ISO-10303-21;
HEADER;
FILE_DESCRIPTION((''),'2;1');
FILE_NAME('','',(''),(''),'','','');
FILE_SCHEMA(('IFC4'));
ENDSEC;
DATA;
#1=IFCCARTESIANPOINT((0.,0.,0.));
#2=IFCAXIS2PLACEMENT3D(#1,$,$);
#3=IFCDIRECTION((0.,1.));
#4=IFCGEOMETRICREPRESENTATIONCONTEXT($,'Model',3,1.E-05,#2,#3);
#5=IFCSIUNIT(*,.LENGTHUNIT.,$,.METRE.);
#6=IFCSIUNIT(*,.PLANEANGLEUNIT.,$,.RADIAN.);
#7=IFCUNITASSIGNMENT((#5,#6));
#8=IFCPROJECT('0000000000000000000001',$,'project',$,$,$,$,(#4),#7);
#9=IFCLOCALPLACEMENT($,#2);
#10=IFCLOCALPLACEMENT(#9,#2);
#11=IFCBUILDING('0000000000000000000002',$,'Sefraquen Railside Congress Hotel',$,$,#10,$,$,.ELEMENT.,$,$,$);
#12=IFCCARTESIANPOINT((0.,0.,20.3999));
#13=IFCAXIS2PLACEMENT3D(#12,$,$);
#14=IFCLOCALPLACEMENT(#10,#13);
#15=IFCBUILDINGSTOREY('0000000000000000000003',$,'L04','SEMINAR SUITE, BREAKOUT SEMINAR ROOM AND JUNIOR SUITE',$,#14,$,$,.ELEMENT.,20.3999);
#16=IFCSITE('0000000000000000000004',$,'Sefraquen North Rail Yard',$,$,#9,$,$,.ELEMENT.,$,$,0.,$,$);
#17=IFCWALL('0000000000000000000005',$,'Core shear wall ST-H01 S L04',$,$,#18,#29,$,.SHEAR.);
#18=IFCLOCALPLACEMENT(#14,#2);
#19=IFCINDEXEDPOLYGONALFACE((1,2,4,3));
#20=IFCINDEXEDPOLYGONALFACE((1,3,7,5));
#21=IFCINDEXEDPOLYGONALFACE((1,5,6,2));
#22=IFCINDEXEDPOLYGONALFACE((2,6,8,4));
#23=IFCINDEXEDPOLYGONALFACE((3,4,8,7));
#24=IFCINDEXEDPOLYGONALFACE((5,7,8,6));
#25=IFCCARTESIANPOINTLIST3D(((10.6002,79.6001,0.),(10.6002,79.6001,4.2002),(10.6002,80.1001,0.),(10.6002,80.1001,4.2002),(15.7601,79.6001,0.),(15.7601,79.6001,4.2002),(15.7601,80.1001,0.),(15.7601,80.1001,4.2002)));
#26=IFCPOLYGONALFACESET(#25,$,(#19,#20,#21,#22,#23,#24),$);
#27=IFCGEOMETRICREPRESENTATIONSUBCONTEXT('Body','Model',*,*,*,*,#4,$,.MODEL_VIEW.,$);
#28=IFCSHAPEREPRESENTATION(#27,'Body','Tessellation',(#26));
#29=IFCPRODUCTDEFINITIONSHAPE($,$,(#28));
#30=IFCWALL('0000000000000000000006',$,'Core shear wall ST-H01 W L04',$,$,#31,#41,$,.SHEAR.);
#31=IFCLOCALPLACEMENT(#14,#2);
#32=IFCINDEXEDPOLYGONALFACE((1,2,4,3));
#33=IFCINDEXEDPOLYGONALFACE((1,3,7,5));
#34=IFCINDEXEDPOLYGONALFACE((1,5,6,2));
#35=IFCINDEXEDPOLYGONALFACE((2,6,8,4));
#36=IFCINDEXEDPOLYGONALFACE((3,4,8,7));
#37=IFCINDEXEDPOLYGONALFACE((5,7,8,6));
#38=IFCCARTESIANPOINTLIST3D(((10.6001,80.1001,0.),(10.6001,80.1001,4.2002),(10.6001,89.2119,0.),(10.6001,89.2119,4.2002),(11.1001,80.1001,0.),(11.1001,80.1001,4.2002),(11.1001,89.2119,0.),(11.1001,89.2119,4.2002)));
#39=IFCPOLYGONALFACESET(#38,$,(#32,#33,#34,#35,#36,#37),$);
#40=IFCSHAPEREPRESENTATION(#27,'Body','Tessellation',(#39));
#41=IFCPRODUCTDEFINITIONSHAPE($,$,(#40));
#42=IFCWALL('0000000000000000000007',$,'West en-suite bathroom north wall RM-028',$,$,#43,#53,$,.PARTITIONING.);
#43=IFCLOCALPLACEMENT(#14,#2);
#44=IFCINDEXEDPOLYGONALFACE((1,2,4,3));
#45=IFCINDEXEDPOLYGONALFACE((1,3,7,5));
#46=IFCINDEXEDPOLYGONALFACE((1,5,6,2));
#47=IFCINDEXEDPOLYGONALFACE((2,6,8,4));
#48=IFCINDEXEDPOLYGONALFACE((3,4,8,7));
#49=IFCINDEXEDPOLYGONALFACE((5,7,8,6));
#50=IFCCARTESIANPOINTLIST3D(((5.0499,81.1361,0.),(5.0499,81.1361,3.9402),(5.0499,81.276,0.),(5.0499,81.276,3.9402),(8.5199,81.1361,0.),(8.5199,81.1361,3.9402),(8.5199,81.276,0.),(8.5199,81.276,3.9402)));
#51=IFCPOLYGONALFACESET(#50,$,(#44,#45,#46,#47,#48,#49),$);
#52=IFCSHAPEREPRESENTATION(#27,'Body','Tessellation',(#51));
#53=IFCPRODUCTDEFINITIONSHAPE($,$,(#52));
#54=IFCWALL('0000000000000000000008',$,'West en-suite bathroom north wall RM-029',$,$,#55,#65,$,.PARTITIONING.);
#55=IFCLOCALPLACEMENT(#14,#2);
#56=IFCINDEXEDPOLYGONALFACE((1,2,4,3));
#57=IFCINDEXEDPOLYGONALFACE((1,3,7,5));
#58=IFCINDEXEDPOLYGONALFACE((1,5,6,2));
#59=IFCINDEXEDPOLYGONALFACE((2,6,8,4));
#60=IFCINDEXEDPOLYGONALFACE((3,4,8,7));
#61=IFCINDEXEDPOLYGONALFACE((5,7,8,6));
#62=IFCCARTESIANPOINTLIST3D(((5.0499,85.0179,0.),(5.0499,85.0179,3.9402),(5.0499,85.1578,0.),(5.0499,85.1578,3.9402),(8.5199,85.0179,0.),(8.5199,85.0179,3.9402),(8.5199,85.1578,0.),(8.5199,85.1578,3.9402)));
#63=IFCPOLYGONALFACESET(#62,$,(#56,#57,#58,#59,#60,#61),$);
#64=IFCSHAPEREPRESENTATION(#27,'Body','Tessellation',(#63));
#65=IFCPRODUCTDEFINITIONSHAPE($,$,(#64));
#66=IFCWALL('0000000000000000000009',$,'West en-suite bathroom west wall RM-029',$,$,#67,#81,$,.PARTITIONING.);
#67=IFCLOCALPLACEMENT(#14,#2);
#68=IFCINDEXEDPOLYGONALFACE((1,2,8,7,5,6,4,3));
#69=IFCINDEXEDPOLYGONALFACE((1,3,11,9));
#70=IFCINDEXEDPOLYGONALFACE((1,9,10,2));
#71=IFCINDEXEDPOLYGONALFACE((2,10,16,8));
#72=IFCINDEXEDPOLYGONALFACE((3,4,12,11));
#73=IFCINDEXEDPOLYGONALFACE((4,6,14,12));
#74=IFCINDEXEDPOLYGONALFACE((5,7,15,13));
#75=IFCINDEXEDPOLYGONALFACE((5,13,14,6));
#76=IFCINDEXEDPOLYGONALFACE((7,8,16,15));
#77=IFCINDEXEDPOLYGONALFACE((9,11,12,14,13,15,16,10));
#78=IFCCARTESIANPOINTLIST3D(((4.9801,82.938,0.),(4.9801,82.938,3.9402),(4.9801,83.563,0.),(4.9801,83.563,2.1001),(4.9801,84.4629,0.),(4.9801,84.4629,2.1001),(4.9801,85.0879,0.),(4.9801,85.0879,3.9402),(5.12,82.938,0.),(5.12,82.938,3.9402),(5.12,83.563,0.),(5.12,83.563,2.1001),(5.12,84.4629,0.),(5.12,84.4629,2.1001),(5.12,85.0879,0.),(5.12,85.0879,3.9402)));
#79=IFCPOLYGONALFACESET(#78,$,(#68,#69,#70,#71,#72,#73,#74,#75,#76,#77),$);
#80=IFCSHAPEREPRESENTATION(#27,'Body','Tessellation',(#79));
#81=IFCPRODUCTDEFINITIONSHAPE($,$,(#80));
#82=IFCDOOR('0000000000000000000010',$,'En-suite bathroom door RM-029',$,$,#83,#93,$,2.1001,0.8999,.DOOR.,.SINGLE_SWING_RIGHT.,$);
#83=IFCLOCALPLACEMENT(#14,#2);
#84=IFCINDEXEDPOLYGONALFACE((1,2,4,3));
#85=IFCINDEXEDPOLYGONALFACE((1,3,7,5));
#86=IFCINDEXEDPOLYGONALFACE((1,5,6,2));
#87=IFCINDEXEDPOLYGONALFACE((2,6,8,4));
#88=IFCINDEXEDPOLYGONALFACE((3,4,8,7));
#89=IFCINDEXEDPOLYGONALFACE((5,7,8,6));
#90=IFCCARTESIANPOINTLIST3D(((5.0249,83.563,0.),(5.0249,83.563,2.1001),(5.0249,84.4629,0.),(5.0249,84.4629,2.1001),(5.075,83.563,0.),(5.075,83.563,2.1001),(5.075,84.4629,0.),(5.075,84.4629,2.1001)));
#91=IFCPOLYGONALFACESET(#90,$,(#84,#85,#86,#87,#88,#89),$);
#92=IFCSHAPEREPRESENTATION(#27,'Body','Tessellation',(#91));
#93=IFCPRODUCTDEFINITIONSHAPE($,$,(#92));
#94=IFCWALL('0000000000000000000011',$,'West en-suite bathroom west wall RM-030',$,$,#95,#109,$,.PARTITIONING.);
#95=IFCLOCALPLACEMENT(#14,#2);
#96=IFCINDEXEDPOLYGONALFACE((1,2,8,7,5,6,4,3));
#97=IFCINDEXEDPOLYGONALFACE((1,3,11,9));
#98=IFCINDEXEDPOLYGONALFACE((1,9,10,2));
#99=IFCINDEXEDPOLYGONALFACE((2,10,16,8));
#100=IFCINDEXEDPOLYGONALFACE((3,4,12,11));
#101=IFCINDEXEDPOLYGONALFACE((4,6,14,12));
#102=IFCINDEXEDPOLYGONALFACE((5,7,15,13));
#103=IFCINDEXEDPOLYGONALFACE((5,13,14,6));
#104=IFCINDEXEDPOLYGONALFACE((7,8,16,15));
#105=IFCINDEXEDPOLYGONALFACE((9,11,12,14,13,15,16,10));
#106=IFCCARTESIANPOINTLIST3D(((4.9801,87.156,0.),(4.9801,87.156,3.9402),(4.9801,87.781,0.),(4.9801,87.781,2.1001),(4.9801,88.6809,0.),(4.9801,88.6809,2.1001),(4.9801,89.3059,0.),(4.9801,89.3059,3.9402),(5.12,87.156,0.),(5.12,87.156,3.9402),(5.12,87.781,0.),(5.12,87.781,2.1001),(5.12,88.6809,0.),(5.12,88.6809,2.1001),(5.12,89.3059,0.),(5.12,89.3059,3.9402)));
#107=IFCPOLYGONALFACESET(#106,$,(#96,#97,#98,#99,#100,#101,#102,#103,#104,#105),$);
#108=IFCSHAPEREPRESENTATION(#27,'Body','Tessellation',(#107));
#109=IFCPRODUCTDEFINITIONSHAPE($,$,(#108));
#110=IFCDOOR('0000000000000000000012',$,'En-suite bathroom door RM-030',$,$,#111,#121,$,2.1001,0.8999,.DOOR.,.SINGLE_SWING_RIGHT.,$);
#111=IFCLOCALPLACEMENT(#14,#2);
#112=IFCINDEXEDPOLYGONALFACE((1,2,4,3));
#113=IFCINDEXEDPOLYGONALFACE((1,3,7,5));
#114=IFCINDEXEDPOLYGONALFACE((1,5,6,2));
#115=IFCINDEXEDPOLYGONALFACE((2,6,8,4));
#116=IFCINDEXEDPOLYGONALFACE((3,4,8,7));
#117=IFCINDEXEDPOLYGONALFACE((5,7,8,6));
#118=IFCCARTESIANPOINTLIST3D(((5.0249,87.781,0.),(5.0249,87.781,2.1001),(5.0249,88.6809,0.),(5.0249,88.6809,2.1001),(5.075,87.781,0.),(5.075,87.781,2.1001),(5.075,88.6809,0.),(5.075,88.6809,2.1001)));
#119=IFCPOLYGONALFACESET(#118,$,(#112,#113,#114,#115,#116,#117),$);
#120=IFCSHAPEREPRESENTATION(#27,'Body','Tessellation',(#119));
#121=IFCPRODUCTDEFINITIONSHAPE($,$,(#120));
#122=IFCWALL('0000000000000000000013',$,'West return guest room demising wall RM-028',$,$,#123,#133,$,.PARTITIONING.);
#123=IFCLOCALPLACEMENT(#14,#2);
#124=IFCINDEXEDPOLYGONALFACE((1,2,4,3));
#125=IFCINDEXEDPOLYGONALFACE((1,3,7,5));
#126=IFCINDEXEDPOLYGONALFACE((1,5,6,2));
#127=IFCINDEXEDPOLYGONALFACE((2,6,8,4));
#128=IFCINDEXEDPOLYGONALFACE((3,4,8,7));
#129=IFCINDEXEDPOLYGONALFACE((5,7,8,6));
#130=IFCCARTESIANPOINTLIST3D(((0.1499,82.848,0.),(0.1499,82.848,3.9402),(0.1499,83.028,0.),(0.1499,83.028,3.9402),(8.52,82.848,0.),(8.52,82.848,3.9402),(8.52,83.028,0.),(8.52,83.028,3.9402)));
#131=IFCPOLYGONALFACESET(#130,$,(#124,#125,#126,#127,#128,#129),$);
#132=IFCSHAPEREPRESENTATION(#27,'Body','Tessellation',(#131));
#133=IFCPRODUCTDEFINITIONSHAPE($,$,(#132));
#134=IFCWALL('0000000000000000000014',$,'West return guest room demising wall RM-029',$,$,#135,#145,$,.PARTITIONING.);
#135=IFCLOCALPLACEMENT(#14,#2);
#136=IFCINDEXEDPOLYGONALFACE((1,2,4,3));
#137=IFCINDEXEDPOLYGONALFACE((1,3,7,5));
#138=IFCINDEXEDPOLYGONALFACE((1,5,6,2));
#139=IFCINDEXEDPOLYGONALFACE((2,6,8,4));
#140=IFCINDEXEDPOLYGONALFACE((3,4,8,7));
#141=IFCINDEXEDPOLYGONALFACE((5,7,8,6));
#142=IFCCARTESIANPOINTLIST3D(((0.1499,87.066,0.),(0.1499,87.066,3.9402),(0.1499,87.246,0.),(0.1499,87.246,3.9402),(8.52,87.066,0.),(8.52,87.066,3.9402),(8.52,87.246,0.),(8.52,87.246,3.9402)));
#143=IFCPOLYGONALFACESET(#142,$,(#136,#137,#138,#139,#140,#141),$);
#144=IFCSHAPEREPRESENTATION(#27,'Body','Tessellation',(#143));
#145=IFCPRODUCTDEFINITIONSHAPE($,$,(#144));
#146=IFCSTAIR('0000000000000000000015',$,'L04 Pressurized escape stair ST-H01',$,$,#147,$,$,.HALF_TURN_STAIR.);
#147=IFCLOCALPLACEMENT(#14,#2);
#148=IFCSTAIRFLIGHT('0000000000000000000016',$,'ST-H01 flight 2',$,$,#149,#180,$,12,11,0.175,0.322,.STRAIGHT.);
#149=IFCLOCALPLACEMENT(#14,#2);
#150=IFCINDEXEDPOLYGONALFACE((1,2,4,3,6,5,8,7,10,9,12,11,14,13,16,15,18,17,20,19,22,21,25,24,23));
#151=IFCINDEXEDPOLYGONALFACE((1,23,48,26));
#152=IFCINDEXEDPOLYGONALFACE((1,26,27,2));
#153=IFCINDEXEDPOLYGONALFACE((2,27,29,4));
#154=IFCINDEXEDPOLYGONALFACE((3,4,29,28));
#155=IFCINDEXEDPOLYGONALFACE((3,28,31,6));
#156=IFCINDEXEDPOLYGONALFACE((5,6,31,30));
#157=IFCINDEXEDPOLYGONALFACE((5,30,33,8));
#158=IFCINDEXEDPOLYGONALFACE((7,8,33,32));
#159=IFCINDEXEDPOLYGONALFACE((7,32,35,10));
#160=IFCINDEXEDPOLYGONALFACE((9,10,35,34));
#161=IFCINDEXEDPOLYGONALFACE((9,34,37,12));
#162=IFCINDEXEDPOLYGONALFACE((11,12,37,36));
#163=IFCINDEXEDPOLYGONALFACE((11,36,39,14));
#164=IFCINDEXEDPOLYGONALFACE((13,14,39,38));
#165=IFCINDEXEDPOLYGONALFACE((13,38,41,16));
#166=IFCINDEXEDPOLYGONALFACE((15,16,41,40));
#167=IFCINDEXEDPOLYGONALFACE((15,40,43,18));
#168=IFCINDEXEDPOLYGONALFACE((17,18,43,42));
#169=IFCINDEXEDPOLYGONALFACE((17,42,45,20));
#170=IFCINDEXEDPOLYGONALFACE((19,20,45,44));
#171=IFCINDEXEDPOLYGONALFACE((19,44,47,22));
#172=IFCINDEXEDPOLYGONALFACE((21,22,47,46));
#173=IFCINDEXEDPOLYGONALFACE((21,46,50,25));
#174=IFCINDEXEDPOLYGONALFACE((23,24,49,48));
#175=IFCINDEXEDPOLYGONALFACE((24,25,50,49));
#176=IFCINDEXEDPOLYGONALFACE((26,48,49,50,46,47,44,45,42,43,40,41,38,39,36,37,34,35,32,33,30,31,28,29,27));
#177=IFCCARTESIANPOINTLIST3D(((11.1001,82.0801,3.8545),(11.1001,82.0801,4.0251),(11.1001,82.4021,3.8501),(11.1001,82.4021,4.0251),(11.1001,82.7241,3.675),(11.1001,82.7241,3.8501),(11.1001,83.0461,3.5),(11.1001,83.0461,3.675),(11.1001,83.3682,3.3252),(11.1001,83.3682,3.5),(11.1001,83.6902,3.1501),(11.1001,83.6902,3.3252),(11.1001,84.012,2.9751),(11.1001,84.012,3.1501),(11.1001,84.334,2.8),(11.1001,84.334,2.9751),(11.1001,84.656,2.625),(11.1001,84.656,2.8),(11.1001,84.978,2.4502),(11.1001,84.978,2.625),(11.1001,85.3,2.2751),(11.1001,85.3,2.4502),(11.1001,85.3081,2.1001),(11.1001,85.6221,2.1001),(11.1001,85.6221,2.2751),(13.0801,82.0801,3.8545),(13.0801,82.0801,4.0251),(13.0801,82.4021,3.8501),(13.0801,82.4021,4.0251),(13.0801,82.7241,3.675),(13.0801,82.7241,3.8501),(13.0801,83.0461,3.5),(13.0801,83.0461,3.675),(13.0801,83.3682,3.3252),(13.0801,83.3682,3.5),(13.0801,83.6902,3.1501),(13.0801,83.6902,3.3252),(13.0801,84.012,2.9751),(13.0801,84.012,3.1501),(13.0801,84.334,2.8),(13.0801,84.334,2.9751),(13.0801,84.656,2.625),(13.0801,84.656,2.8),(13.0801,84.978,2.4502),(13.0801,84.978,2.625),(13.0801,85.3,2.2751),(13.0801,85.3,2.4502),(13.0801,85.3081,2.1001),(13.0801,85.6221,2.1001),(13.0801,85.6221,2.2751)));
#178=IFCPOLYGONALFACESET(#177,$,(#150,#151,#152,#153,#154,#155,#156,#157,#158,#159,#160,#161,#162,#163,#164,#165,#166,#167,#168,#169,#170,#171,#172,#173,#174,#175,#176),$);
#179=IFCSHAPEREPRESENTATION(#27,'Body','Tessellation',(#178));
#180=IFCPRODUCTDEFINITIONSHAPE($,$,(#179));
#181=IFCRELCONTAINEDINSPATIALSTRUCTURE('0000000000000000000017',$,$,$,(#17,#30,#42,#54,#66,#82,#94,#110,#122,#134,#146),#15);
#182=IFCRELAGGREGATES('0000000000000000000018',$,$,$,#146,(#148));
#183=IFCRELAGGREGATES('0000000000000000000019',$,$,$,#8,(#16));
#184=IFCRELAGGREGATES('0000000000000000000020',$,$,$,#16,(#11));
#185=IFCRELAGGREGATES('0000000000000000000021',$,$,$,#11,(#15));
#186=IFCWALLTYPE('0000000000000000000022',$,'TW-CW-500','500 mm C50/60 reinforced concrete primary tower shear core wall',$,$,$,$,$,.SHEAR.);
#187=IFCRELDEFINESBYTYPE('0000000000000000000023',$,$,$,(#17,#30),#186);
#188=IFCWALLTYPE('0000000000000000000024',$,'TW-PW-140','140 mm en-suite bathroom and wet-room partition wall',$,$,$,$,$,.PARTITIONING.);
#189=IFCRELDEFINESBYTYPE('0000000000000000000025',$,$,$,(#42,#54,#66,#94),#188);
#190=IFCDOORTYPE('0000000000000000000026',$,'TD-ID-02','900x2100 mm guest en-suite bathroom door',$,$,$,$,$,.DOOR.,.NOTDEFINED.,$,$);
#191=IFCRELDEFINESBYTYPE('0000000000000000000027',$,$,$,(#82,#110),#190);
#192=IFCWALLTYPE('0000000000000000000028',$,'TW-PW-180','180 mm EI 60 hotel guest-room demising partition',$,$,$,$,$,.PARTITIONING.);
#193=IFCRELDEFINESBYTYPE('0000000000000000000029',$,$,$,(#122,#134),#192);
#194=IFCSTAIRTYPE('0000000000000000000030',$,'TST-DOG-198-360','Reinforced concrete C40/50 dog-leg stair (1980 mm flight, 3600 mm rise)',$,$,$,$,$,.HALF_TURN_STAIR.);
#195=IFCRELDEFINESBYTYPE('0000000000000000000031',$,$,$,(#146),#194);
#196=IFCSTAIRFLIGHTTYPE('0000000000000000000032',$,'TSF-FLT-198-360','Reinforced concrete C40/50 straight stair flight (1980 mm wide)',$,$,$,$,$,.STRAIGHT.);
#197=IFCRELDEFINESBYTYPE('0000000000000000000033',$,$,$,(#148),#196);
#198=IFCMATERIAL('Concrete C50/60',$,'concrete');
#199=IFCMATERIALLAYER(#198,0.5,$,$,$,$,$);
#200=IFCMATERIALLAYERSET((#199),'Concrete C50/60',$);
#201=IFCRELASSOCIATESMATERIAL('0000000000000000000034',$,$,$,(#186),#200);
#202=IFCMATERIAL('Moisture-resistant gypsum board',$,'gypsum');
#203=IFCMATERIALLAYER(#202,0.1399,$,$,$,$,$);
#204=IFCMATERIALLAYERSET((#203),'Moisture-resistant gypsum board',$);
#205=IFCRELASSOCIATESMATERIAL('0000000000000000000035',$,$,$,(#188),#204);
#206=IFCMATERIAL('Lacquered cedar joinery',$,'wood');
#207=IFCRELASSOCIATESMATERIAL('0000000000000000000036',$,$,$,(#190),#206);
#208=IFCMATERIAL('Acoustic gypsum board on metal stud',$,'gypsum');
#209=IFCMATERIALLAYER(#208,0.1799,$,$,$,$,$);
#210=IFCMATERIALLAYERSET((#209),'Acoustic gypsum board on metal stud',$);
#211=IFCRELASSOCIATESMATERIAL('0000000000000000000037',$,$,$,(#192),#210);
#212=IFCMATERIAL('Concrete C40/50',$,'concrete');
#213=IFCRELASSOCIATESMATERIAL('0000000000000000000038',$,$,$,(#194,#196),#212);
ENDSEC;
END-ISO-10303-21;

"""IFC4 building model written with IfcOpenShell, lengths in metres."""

from ifc_helpers import new_model, si_unit, direction, frame, frame_2d, origin, place, context, subcontext, project, spatial, polyline, rectangle, outline, extrude, material, layer, layer_set, type_object, element, fill, aggregate, save


model = new_model("IFC4")

# Units and contexts
model_context = context("Model", 3, precision=1e-05, world=origin(), true_north=direction((0.0, 1.0)))
body_context = subcontext(model_context, "Body", "Model", "MODEL_VIEW")
ifc_project = project(units=[si_unit("LENGTHUNIT", "METRE"), si_unit("PLANEANGLEUNIT", "RADIAN")], contexts=[model_context])

# Site, building, storey
site_placement = place(None, origin())
site = spatial("IfcSite", under=ifc_project, at=site_placement, Name="Sefraquen North Rail Yard", CompositionType="ELEMENT", RefElevation=0.0)
building_placement = place(site_placement, origin())
building = spatial("IfcBuilding", under=site, at=building_placement, Name="Sefraquen Railside Congress Hotel", CompositionType="ELEMENT")
storey_placement = place(building_placement, frame((0.0, 0.0, 20.3999)))
storey = spatial("IfcBuildingStorey", under=building, at=storey_placement, Name="L04", Description="SEMINAR SUITE, BREAKOUT SEMINAR ROOM AND JUNIOR SUITE", CompositionType="ELEMENT", Elevation=20.3999)

# Walls
ifc_material_1 = material(Name="Concrete C50/60", Category="concrete")
ifc_layer_1 = layer(ifc_material_1, 0.5)
ifc_layer_set_1 = layer_set([ifc_layer_1], Name="Concrete C50/60")
wall_type_1 = type_object("IfcWallType", Name="TW-CW-500", Description="500 mm C50/60 reinforced concrete primary tower shear core wall", PredefinedType="SHEAR", material=ifc_layer_set_1)
wall_1_placement = place(storey_placement, frame((10.6001, 79.8501, 0.0), z_axis=(0.0, 0.0, 1.0), x_axis=(1.0, 0.0, 0.0)))
element("IfcWall", 1, at=wall_1_placement, inside=storey, type_object=wall_type_1, Name="Core shear wall ST-H01 S L04", PredefinedType="SHEAR", context=body_context, shape_type="SweptSolid", body=[
    extrude(rectangle(XDim=5.1599, YDim=0.5, at=frame_2d((2.5801, 0.0))), origin(), (0.0, 0.0, 1.0), 4.2002),
])
wall_2_placement = place(storey_placement, frame((10.8501, 80.1001, 0.0), z_axis=(0.0, 0.0, 1.0), x_axis=(0.0, 1.0, 0.0)))
element("IfcWall", 2, at=wall_2_placement, inside=storey, type_object=wall_type_1, Name="Core shear wall ST-H01 W L04", PredefinedType="SHEAR", context=body_context, shape_type="SweptSolid", body=[
    extrude(rectangle(XDim=9.1118, YDim=0.5, at=frame_2d((4.5559, 0.0))), origin(), (0.0, 0.0, 1.0), 4.2002),
])
ifc_material_2 = material(Name="Moisture-resistant gypsum board", Category="gypsum")
ifc_layer_2 = layer(ifc_material_2, 0.1399)
ifc_layer_set_2 = layer_set([ifc_layer_2], Name="Moisture-resistant gypsum board")
wall_type_2 = type_object("IfcWallType", Name="TW-PW-140", Description="140 mm en-suite bathroom and wet-room partition wall", PredefinedType="PARTITIONING", material=ifc_layer_set_2)
for number, where, z_axis, x_axis, name in (
    (3, (5.05, 81.2061, 0.0), (0.0, 0.0, 1.0), (1.0, 0.0, 0.0), "West en-suite bathroom north wall RM-028"),
    (4, (5.05, 85.0879, 0.0), (0.0, 0.0, 1.0), (1.0, 0.0, 0.0), "West en-suite bathroom north wall RM-029"),
):
    element("IfcWall", number, at=place(storey_placement, frame(where, z_axis=z_axis, x_axis=x_axis)), inside=storey, type_object=wall_type_2, Name=name, PredefinedType="PARTITIONING", context=body_context, shape_type="SweptSolid", body=[
        extrude(rectangle(XDim=3.47, YDim=0.1399, at=frame_2d((1.7349, 0.0))), origin(), (0.0, 0.0, 1.0), 3.9402),
    ])

# Walls, openings, doors
wall_3_placement = place(storey_placement, frame((5.05, 82.938, 0.0), z_axis=(0.0, 0.0, 1.0), x_axis=(0.0, 1.0, 0.0)))
wall_3 = element("IfcWall", 5, at=wall_3_placement, inside=storey, type_object=wall_type_2, Name="West en-suite bathroom west wall RM-029", PredefinedType="PARTITIONING", context=body_context, shape_type="SweptSolid", body=[
    extrude(rectangle(XDim=2.1499, YDim=0.1399, at=frame_2d((1.075, 0.0))), origin(), (0.0, 0.0, 1.0), 3.9402),
])
opening_1_placement = place(wall_3_placement, frame((0.625, 0.0, 0.0)))
opening_1 = element("IfcOpeningElement", 6, at=opening_1_placement, cuts=wall_3, PredefinedType="OPENING", context=body_context, shape_type="SweptSolid", body=[
    extrude(rectangle(XDim=0.8999, YDim=2.1001, at=frame_2d((0.45, 1.05))), frame((0.0, 0.0798, 0.0), z_axis=(0.0, -1.0, 0.0), x_axis=(1.0, 0.0, 0.0)), (0.0, 0.0, 1.0), 0.1599),
])
ifc_material_3 = material(Name="Lacquered cedar joinery", Category="wood")
door_type = type_object("IfcDoorType", Name="TD-ID-02", Description="900x2100 mm guest en-suite bathroom door", OperationType="NOTDEFINED", PredefinedType="DOOR", material=ifc_material_3)
door_1_placement = place(opening_1_placement, frame((0.8999, 0.0, 0.0), z_axis=(0.0, 0.0, 1.0), x_axis=(-1.0, 0.0, 0.0)))
door_1 = element("IfcDoor", 7, at=door_1_placement, inside=storey, type_object=door_type, Name="En-suite bathroom door RM-029", OperationType="SINGLE_SWING_RIGHT", OverallHeight=2.1001, OverallWidth=0.8999, PredefinedType="DOOR", context=body_context, shape_type="SweptSolid", body=[
    extrude(rectangle(XDim=0.8999, YDim=2.1001, at=frame_2d((0.45, 1.05))), frame((0.0, 0.0249, 0.0), z_axis=(0.0, -1.0, 0.0), x_axis=(1.0, 0.0, 0.0)), (0.0, 0.0, 1.0), 0.05),
])
fill(opening_1, door_1)
wall_4_placement = place(storey_placement, frame((5.05, 87.156, 0.0), z_axis=(0.0, 0.0, 1.0), x_axis=(0.0, 1.0, 0.0)))
wall_4 = element("IfcWall", 8, at=wall_4_placement, inside=storey, type_object=wall_type_2, Name="West en-suite bathroom west wall RM-030", PredefinedType="PARTITIONING", context=body_context, shape_type="SweptSolid", body=[
    extrude(rectangle(XDim=2.1499, YDim=0.1399, at=frame_2d((1.075, 0.0))), origin(), (0.0, 0.0, 1.0), 3.9402),
])
opening_2_placement = place(wall_4_placement, frame((0.625, 0.0, 0.0)))
opening_2 = element("IfcOpeningElement", 9, at=opening_2_placement, cuts=wall_4, PredefinedType="OPENING", context=body_context, shape_type="SweptSolid", body=[
    extrude(rectangle(XDim=0.8999, YDim=2.1001, at=frame_2d((0.45, 1.05))), frame((0.0, 0.0798, 0.0), z_axis=(0.0, -1.0, 0.0), x_axis=(1.0, 0.0, 0.0)), (0.0, 0.0, 1.0), 0.1599),
])
door_2_placement = place(opening_2_placement, frame((0.8999, 0.0, 0.0), z_axis=(0.0, 0.0, 1.0), x_axis=(-1.0, 0.0, 0.0)))
door_2 = element("IfcDoor", 10, at=door_2_placement, inside=storey, type_object=door_type, Name="En-suite bathroom door RM-030", OperationType="SINGLE_SWING_RIGHT", OverallHeight=2.1001, OverallWidth=0.8999, PredefinedType="DOOR", context=body_context, shape_type="SweptSolid", body=[
    extrude(rectangle(XDim=0.8999, YDim=2.1001, at=frame_2d((0.45, 1.05))), frame((0.0, 0.0249, 0.0), z_axis=(0.0, -1.0, 0.0), x_axis=(1.0, 0.0, 0.0)), (0.0, 0.0, 1.0), 0.05),
])
fill(opening_2, door_2)

# Walls
ifc_material_4 = material(Name="Acoustic gypsum board on metal stud", Category="gypsum")
ifc_layer_3 = layer(ifc_material_4, 0.1799)
ifc_layer_set_3 = layer_set([ifc_layer_3], Name="Acoustic gypsum board on metal stud")
wall_type_3 = type_object("IfcWallType", Name="TW-PW-180", Description="180 mm EI 60 hotel guest-room demising partition", PredefinedType="PARTITIONING", material=ifc_layer_set_3)
for number, where, z_axis, x_axis, name in (
    (11, (0.1499, 82.938, 0.0), (0.0, 0.0, 1.0), (1.0, 0.0, 0.0), "West return guest room demising wall RM-028"),
    (12, (0.1499, 87.156, 0.0), (0.0, 0.0, 1.0), (1.0, 0.0, 0.0), "West return guest room demising wall RM-029"),
):
    element("IfcWall", number, at=place(storey_placement, frame(where, z_axis=z_axis, x_axis=x_axis)), inside=storey, type_object=wall_type_3, Name=name, PredefinedType="PARTITIONING", context=body_context, shape_type="SweptSolid", body=[
        extrude(rectangle(XDim=8.3701, YDim=0.1799, at=frame_2d((4.1851, 0.0))), origin(), (0.0, 0.0, 1.0), 3.9402),
    ])

# Stair, stair flight
ifc_material_5 = material(Name="Concrete C40/50", Category="concrete")
stair_type = type_object("IfcStairType", Name="TST-DOG-198-360", Description="Reinforced concrete C40/50 dog-leg stair (1980 mm flight, 3600 mm rise)", PredefinedType="HALF_TURN_STAIR", material=ifc_material_5)
stair_placement = place(storey_placement, origin())
stair = element("IfcStair", 13, at=stair_placement, inside=storey, type_object=stair_type, Name="L04 Pressurized escape stair ST-H01", PredefinedType="HALF_TURN_STAIR")
stair_flight_type = type_object("IfcStairFlightType", Name="TSF-FLT-198-360", Description="Reinforced concrete C40/50 straight stair flight (1980 mm wide)", PredefinedType="STRAIGHT", material=ifc_material_5)
stair_flight_placement = place(storey_placement, frame((12.0901, 85.6221, 2.1001), z_axis=(0.0, 0.0, 1.0), x_axis=(0.0, -1.0, 0.0)))
stair_flight = element("IfcStairFlight", 14, at=stair_flight_placement, type_object=stair_flight_type, Name="ST-H01 flight 2", NumberOfRisers=12, NumberOfTreads=11, PredefinedType="STRAIGHT", RiserHeight=0.175, TreadLength=0.322, context=body_context, shape_type="SweptSolid", body=[
    extrude(outline(polyline([(0.0, 0.0), (0.0, 0.175), (0.322, 0.175), (0.322, 0.3501), (0.644, 0.3501), (0.644, 0.5249), (0.9661, 0.5249), (0.9661, 0.7), (1.2881, 0.7), (1.2881, 0.875), (1.6101, 0.875), (1.6101, 1.05), (1.9319, 1.05), (1.9319, 1.2251), (2.2539, 1.2251), (2.2539, 1.3999), (2.5759, 1.3999), (2.5759, 1.575), (2.8979, 1.575), (2.8979, 1.75), (3.22, 1.75), (3.22, 1.925), (3.542, 1.925), (3.542, 2.1001), (3.542, 1.7544), (0.314, 0.0), (0.0, 0.0)])), frame((0.0, 0.99, 0.0), z_axis=(0.0, -1.0, 0.0), x_axis=(1.0, 0.0, 0.0)), (0.0, 0.0, 1.0), 1.98),
])
aggregate(stair, [stair_flight])

save(model, "model.ifc")
